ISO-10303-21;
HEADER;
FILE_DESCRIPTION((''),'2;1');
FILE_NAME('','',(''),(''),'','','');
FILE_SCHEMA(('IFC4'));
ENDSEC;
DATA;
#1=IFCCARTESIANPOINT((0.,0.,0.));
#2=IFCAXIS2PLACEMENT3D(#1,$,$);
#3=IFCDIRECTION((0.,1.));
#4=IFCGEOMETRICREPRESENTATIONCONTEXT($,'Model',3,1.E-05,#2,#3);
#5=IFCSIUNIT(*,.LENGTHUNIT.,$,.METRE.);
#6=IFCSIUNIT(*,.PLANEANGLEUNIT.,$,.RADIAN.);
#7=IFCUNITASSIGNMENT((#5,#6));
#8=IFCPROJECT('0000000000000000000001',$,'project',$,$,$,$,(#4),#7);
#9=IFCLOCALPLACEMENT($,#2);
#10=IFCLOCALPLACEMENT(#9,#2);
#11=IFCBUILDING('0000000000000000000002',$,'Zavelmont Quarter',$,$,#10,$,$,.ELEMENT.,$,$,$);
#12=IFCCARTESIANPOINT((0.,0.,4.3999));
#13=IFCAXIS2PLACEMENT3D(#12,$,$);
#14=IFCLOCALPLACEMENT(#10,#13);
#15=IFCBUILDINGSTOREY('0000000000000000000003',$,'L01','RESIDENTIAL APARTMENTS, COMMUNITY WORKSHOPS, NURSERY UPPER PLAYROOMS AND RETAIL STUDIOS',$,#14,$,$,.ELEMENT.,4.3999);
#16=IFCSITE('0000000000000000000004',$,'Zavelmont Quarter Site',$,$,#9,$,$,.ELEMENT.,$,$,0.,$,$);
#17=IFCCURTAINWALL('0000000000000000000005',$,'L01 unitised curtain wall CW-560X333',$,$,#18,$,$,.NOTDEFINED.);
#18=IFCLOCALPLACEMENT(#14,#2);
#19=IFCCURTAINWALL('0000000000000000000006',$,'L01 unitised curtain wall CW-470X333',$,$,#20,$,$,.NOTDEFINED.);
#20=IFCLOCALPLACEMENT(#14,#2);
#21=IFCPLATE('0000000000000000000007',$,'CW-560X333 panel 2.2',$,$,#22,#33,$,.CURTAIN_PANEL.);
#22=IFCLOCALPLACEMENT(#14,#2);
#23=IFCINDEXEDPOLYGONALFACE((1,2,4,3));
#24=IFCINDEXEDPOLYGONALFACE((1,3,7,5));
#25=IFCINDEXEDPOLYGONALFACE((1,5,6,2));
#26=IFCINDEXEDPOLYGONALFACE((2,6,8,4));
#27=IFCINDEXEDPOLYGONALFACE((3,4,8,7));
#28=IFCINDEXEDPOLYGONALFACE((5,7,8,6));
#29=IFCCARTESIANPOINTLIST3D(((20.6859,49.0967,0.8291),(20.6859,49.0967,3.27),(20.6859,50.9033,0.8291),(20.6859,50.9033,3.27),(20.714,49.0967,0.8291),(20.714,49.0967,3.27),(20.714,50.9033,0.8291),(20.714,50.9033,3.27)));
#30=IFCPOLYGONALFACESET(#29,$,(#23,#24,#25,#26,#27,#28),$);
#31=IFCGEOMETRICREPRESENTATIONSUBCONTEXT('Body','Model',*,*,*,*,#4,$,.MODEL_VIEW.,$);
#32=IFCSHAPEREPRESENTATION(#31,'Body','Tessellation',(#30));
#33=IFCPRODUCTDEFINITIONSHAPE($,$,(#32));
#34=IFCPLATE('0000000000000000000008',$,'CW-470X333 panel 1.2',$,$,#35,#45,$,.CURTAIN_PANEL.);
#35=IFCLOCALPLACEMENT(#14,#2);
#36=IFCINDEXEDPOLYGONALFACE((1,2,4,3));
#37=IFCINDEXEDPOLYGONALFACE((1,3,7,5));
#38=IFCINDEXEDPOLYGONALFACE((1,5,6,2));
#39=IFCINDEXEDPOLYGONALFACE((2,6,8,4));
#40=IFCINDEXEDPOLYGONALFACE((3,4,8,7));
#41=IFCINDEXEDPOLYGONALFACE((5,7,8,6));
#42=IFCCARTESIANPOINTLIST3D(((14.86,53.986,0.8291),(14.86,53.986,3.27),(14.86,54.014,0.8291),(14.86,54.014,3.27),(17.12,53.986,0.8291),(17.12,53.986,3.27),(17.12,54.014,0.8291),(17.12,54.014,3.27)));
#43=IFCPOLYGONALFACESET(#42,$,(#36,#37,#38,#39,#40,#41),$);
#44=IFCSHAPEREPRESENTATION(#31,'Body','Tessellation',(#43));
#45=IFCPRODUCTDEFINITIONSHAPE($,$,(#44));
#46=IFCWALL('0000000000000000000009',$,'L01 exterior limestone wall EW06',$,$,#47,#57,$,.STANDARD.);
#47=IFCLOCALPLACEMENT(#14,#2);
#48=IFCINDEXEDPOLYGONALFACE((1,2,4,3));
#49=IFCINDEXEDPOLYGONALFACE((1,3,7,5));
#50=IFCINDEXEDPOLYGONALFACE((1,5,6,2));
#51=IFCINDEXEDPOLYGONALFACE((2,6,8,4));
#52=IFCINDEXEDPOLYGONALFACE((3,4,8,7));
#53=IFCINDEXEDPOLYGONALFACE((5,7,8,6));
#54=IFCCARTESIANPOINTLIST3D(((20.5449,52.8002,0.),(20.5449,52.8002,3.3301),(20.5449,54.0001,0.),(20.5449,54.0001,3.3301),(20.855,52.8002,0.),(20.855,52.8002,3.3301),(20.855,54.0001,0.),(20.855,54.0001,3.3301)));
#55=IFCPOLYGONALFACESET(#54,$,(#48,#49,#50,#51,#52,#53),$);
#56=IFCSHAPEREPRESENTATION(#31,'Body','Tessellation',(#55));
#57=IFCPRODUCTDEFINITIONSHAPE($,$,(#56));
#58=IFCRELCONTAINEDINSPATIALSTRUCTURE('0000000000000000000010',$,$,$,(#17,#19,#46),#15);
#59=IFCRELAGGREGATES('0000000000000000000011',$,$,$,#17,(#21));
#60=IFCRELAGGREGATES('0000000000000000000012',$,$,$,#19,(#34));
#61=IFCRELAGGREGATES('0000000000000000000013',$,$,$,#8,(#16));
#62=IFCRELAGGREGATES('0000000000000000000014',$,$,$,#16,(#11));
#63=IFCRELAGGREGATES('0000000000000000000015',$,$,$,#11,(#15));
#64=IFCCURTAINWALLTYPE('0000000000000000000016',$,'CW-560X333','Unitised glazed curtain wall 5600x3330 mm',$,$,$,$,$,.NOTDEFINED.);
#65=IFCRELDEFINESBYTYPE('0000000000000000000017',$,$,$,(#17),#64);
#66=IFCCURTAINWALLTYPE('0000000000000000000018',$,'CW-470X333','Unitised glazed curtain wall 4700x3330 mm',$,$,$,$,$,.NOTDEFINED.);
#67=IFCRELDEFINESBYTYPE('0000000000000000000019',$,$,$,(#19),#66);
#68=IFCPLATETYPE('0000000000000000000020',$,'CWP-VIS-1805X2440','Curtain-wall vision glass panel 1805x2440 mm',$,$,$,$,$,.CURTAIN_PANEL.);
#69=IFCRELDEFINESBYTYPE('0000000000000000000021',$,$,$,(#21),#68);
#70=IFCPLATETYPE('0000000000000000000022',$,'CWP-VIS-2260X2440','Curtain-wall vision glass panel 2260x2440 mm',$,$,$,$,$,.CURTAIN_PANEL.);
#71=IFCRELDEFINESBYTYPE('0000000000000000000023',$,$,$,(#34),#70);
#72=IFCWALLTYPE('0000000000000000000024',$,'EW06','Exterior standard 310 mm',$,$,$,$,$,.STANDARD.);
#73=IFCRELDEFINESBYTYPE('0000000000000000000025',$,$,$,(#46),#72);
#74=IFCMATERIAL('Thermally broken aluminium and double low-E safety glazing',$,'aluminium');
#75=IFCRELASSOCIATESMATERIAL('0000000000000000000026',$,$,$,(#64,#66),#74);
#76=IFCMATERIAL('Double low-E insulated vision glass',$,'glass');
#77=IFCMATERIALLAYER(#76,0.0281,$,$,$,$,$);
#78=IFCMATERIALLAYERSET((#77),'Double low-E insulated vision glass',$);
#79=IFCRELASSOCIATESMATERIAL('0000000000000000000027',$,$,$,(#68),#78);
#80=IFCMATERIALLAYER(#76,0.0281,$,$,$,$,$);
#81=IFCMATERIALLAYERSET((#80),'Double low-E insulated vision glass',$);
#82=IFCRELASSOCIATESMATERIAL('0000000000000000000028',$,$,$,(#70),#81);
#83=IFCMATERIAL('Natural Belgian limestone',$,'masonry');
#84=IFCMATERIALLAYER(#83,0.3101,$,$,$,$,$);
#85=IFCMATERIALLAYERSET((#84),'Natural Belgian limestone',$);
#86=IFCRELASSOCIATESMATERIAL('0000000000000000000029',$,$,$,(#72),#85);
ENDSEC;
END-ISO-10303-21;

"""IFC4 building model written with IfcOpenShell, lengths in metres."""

from ifc_helpers import new_model, si_unit, direction, frame, frame_2d, origin, origin_2d, place, context, subcontext, project, spatial, rectangle, extrude, material, layer, layer_set, type_object, element, aggregate, save


model = new_model("IFC4")

# Units and contexts
model_context = context("Model", 3, precision=1e-05, world=origin(), true_north=direction((0.0, 1.0)))
body_context = subcontext(model_context, "Body", "Model", "MODEL_VIEW")
ifc_project = project(units=[si_unit("LENGTHUNIT", "METRE"), si_unit("PLANEANGLEUNIT", "RADIAN")], contexts=[model_context])

# Site, building, storey
site_placement = place(None, origin())
site = spatial("IfcSite", under=ifc_project, at=site_placement, Name="Zavelmont Quarter Site", CompositionType="ELEMENT", RefElevation=0.0)
building_placement = place(site_placement, origin())
building = spatial("IfcBuilding", under=site, at=building_placement, Name="Zavelmont Quarter", CompositionType="ELEMENT")
storey_placement = place(building_placement, frame((0.0, 0.0, 4.3999)))
storey = spatial("IfcBuildingStorey", under=building, at=storey_placement, Name="L01", Description="RESIDENTIAL APARTMENTS, COMMUNITY WORKSHOPS, NURSERY UPPER PLAYROOMS AND RETAIL STUDIOS", CompositionType="ELEMENT", Elevation=4.3999)

# Curtain walls
ifc_material_1 = material(Name="Thermally broken aluminium and double low-E safety glazing", Category="aluminium")
curtain_wall_type_1 = type_object("IfcCurtainWallType", Name="CW-560X333", Description="Unitised glazed curtain wall 5600x3330 mm", PredefinedType="NOTDEFINED", material=ifc_material_1)
curtain_wall_1_placement = place(storey_placement, origin())
curtain_wall_1 = element("IfcCurtainWall", 1, at=curtain_wall_1_placement, inside=storey, type_object=curtain_wall_type_1, Name="L01 unitised curtain wall CW-560X333", PredefinedType="NOTDEFINED")
curtain_wall_type_2 = type_object("IfcCurtainWallType", Name="CW-470X333", Description="Unitised glazed curtain wall 4700x3330 mm", PredefinedType="NOTDEFINED", material=ifc_material_1)
curtain_wall_2_placement = place(storey_placement, origin())
curtain_wall_2 = element("IfcCurtainWall", 2, at=curtain_wall_2_placement, inside=storey, type_object=curtain_wall_type_2, Name="L01 unitised curtain wall CW-470X333", PredefinedType="NOTDEFINED")

# Plates
ifc_material_2 = material(Name="Double low-E insulated vision glass", Category="glass")
ifc_layer_1 = layer(ifc_material_2, 0.0281)
ifc_layer_set_1 = layer_set([ifc_layer_1], Name="Double low-E insulated vision glass")
plate_type_1 = type_object("IfcPlateType", Name="CWP-VIS-1805X2440", Description="Curtain-wall vision glass panel 1805x2440 mm", PredefinedType="CURTAIN_PANEL", material=ifc_layer_set_1)
plate_1_placement = place(storey_placement, frame((20.7, 50.0, 0.8291), z_axis=(0.0, 0.0, 1.0), x_axis=(0.0, 1.0, 0.0)))
plate_1 = element("IfcPlate", 3, at=plate_1_placement, type_object=plate_type_1, Name="CW-560X333 panel 2.2", PredefinedType="CURTAIN_PANEL", context=body_context, shape_type="SweptSolid", body=[
    extrude(rectangle(XDim=1.8066, YDim=0.0281, at=origin_2d()), origin(), (0.0, 0.0, 1.0), 2.4409),
])
aggregate(curtain_wall_1, [plate_1])
ifc_layer_2 = layer(ifc_material_2, 0.0281)
ifc_layer_set_2 = layer_set([ifc_layer_2], Name="Double low-E insulated vision glass")
plate_type_2 = type_object("IfcPlateType", Name="CWP-VIS-2260X2440", Description="Curtain-wall vision glass panel 2260x2440 mm", PredefinedType="CURTAIN_PANEL", material=ifc_layer_set_2)
plate_2_placement = place(storey_placement, frame((15.99, 54.0, 0.8291), z_axis=(0.0, 0.0, 1.0), x_axis=(1.0, 0.0, 0.0)))
plate_2 = element("IfcPlate", 4, at=plate_2_placement, type_object=plate_type_2, Name="CW-470X333 panel 1.2", PredefinedType="CURTAIN_PANEL", context=body_context, shape_type="SweptSolid", body=[
    extrude(rectangle(XDim=2.26, YDim=0.0281, at=origin_2d()), origin(), (0.0, 0.0, 1.0), 2.4409),
])
aggregate(curtain_wall_2, [plate_2])

# Wall
ifc_material_3 = material(Name="Natural Belgian limestone", Category="masonry")
ifc_layer_3 = layer(ifc_material_3, 0.3101)
ifc_layer_set_3 = layer_set([ifc_layer_3], Name="Natural Belgian limestone")
wall_type = type_object("IfcWallType", Name="EW06", Description="Exterior standard 310 mm", PredefinedType="STANDARD", material=ifc_layer_set_3)
wall_placement = place(storey_placement, frame((20.7, 52.8, 0.0), z_axis=(0.0, 0.0, 1.0), x_axis=(0.0, 1.0, 0.0)))
element("IfcWall", 5, at=wall_placement, inside=storey, type_object=wall_type, Name="L01 exterior limestone wall EW06", PredefinedType="STANDARD", context=body_context, shape_type="SweptSolid", body=[
    extrude(rectangle(XDim=1.2, YDim=0.3101, at=frame_2d((0.6001, 0.0))), origin(), (0.0, 0.0, 1.0), 3.3301),
])

save(model, "model.ifc")
